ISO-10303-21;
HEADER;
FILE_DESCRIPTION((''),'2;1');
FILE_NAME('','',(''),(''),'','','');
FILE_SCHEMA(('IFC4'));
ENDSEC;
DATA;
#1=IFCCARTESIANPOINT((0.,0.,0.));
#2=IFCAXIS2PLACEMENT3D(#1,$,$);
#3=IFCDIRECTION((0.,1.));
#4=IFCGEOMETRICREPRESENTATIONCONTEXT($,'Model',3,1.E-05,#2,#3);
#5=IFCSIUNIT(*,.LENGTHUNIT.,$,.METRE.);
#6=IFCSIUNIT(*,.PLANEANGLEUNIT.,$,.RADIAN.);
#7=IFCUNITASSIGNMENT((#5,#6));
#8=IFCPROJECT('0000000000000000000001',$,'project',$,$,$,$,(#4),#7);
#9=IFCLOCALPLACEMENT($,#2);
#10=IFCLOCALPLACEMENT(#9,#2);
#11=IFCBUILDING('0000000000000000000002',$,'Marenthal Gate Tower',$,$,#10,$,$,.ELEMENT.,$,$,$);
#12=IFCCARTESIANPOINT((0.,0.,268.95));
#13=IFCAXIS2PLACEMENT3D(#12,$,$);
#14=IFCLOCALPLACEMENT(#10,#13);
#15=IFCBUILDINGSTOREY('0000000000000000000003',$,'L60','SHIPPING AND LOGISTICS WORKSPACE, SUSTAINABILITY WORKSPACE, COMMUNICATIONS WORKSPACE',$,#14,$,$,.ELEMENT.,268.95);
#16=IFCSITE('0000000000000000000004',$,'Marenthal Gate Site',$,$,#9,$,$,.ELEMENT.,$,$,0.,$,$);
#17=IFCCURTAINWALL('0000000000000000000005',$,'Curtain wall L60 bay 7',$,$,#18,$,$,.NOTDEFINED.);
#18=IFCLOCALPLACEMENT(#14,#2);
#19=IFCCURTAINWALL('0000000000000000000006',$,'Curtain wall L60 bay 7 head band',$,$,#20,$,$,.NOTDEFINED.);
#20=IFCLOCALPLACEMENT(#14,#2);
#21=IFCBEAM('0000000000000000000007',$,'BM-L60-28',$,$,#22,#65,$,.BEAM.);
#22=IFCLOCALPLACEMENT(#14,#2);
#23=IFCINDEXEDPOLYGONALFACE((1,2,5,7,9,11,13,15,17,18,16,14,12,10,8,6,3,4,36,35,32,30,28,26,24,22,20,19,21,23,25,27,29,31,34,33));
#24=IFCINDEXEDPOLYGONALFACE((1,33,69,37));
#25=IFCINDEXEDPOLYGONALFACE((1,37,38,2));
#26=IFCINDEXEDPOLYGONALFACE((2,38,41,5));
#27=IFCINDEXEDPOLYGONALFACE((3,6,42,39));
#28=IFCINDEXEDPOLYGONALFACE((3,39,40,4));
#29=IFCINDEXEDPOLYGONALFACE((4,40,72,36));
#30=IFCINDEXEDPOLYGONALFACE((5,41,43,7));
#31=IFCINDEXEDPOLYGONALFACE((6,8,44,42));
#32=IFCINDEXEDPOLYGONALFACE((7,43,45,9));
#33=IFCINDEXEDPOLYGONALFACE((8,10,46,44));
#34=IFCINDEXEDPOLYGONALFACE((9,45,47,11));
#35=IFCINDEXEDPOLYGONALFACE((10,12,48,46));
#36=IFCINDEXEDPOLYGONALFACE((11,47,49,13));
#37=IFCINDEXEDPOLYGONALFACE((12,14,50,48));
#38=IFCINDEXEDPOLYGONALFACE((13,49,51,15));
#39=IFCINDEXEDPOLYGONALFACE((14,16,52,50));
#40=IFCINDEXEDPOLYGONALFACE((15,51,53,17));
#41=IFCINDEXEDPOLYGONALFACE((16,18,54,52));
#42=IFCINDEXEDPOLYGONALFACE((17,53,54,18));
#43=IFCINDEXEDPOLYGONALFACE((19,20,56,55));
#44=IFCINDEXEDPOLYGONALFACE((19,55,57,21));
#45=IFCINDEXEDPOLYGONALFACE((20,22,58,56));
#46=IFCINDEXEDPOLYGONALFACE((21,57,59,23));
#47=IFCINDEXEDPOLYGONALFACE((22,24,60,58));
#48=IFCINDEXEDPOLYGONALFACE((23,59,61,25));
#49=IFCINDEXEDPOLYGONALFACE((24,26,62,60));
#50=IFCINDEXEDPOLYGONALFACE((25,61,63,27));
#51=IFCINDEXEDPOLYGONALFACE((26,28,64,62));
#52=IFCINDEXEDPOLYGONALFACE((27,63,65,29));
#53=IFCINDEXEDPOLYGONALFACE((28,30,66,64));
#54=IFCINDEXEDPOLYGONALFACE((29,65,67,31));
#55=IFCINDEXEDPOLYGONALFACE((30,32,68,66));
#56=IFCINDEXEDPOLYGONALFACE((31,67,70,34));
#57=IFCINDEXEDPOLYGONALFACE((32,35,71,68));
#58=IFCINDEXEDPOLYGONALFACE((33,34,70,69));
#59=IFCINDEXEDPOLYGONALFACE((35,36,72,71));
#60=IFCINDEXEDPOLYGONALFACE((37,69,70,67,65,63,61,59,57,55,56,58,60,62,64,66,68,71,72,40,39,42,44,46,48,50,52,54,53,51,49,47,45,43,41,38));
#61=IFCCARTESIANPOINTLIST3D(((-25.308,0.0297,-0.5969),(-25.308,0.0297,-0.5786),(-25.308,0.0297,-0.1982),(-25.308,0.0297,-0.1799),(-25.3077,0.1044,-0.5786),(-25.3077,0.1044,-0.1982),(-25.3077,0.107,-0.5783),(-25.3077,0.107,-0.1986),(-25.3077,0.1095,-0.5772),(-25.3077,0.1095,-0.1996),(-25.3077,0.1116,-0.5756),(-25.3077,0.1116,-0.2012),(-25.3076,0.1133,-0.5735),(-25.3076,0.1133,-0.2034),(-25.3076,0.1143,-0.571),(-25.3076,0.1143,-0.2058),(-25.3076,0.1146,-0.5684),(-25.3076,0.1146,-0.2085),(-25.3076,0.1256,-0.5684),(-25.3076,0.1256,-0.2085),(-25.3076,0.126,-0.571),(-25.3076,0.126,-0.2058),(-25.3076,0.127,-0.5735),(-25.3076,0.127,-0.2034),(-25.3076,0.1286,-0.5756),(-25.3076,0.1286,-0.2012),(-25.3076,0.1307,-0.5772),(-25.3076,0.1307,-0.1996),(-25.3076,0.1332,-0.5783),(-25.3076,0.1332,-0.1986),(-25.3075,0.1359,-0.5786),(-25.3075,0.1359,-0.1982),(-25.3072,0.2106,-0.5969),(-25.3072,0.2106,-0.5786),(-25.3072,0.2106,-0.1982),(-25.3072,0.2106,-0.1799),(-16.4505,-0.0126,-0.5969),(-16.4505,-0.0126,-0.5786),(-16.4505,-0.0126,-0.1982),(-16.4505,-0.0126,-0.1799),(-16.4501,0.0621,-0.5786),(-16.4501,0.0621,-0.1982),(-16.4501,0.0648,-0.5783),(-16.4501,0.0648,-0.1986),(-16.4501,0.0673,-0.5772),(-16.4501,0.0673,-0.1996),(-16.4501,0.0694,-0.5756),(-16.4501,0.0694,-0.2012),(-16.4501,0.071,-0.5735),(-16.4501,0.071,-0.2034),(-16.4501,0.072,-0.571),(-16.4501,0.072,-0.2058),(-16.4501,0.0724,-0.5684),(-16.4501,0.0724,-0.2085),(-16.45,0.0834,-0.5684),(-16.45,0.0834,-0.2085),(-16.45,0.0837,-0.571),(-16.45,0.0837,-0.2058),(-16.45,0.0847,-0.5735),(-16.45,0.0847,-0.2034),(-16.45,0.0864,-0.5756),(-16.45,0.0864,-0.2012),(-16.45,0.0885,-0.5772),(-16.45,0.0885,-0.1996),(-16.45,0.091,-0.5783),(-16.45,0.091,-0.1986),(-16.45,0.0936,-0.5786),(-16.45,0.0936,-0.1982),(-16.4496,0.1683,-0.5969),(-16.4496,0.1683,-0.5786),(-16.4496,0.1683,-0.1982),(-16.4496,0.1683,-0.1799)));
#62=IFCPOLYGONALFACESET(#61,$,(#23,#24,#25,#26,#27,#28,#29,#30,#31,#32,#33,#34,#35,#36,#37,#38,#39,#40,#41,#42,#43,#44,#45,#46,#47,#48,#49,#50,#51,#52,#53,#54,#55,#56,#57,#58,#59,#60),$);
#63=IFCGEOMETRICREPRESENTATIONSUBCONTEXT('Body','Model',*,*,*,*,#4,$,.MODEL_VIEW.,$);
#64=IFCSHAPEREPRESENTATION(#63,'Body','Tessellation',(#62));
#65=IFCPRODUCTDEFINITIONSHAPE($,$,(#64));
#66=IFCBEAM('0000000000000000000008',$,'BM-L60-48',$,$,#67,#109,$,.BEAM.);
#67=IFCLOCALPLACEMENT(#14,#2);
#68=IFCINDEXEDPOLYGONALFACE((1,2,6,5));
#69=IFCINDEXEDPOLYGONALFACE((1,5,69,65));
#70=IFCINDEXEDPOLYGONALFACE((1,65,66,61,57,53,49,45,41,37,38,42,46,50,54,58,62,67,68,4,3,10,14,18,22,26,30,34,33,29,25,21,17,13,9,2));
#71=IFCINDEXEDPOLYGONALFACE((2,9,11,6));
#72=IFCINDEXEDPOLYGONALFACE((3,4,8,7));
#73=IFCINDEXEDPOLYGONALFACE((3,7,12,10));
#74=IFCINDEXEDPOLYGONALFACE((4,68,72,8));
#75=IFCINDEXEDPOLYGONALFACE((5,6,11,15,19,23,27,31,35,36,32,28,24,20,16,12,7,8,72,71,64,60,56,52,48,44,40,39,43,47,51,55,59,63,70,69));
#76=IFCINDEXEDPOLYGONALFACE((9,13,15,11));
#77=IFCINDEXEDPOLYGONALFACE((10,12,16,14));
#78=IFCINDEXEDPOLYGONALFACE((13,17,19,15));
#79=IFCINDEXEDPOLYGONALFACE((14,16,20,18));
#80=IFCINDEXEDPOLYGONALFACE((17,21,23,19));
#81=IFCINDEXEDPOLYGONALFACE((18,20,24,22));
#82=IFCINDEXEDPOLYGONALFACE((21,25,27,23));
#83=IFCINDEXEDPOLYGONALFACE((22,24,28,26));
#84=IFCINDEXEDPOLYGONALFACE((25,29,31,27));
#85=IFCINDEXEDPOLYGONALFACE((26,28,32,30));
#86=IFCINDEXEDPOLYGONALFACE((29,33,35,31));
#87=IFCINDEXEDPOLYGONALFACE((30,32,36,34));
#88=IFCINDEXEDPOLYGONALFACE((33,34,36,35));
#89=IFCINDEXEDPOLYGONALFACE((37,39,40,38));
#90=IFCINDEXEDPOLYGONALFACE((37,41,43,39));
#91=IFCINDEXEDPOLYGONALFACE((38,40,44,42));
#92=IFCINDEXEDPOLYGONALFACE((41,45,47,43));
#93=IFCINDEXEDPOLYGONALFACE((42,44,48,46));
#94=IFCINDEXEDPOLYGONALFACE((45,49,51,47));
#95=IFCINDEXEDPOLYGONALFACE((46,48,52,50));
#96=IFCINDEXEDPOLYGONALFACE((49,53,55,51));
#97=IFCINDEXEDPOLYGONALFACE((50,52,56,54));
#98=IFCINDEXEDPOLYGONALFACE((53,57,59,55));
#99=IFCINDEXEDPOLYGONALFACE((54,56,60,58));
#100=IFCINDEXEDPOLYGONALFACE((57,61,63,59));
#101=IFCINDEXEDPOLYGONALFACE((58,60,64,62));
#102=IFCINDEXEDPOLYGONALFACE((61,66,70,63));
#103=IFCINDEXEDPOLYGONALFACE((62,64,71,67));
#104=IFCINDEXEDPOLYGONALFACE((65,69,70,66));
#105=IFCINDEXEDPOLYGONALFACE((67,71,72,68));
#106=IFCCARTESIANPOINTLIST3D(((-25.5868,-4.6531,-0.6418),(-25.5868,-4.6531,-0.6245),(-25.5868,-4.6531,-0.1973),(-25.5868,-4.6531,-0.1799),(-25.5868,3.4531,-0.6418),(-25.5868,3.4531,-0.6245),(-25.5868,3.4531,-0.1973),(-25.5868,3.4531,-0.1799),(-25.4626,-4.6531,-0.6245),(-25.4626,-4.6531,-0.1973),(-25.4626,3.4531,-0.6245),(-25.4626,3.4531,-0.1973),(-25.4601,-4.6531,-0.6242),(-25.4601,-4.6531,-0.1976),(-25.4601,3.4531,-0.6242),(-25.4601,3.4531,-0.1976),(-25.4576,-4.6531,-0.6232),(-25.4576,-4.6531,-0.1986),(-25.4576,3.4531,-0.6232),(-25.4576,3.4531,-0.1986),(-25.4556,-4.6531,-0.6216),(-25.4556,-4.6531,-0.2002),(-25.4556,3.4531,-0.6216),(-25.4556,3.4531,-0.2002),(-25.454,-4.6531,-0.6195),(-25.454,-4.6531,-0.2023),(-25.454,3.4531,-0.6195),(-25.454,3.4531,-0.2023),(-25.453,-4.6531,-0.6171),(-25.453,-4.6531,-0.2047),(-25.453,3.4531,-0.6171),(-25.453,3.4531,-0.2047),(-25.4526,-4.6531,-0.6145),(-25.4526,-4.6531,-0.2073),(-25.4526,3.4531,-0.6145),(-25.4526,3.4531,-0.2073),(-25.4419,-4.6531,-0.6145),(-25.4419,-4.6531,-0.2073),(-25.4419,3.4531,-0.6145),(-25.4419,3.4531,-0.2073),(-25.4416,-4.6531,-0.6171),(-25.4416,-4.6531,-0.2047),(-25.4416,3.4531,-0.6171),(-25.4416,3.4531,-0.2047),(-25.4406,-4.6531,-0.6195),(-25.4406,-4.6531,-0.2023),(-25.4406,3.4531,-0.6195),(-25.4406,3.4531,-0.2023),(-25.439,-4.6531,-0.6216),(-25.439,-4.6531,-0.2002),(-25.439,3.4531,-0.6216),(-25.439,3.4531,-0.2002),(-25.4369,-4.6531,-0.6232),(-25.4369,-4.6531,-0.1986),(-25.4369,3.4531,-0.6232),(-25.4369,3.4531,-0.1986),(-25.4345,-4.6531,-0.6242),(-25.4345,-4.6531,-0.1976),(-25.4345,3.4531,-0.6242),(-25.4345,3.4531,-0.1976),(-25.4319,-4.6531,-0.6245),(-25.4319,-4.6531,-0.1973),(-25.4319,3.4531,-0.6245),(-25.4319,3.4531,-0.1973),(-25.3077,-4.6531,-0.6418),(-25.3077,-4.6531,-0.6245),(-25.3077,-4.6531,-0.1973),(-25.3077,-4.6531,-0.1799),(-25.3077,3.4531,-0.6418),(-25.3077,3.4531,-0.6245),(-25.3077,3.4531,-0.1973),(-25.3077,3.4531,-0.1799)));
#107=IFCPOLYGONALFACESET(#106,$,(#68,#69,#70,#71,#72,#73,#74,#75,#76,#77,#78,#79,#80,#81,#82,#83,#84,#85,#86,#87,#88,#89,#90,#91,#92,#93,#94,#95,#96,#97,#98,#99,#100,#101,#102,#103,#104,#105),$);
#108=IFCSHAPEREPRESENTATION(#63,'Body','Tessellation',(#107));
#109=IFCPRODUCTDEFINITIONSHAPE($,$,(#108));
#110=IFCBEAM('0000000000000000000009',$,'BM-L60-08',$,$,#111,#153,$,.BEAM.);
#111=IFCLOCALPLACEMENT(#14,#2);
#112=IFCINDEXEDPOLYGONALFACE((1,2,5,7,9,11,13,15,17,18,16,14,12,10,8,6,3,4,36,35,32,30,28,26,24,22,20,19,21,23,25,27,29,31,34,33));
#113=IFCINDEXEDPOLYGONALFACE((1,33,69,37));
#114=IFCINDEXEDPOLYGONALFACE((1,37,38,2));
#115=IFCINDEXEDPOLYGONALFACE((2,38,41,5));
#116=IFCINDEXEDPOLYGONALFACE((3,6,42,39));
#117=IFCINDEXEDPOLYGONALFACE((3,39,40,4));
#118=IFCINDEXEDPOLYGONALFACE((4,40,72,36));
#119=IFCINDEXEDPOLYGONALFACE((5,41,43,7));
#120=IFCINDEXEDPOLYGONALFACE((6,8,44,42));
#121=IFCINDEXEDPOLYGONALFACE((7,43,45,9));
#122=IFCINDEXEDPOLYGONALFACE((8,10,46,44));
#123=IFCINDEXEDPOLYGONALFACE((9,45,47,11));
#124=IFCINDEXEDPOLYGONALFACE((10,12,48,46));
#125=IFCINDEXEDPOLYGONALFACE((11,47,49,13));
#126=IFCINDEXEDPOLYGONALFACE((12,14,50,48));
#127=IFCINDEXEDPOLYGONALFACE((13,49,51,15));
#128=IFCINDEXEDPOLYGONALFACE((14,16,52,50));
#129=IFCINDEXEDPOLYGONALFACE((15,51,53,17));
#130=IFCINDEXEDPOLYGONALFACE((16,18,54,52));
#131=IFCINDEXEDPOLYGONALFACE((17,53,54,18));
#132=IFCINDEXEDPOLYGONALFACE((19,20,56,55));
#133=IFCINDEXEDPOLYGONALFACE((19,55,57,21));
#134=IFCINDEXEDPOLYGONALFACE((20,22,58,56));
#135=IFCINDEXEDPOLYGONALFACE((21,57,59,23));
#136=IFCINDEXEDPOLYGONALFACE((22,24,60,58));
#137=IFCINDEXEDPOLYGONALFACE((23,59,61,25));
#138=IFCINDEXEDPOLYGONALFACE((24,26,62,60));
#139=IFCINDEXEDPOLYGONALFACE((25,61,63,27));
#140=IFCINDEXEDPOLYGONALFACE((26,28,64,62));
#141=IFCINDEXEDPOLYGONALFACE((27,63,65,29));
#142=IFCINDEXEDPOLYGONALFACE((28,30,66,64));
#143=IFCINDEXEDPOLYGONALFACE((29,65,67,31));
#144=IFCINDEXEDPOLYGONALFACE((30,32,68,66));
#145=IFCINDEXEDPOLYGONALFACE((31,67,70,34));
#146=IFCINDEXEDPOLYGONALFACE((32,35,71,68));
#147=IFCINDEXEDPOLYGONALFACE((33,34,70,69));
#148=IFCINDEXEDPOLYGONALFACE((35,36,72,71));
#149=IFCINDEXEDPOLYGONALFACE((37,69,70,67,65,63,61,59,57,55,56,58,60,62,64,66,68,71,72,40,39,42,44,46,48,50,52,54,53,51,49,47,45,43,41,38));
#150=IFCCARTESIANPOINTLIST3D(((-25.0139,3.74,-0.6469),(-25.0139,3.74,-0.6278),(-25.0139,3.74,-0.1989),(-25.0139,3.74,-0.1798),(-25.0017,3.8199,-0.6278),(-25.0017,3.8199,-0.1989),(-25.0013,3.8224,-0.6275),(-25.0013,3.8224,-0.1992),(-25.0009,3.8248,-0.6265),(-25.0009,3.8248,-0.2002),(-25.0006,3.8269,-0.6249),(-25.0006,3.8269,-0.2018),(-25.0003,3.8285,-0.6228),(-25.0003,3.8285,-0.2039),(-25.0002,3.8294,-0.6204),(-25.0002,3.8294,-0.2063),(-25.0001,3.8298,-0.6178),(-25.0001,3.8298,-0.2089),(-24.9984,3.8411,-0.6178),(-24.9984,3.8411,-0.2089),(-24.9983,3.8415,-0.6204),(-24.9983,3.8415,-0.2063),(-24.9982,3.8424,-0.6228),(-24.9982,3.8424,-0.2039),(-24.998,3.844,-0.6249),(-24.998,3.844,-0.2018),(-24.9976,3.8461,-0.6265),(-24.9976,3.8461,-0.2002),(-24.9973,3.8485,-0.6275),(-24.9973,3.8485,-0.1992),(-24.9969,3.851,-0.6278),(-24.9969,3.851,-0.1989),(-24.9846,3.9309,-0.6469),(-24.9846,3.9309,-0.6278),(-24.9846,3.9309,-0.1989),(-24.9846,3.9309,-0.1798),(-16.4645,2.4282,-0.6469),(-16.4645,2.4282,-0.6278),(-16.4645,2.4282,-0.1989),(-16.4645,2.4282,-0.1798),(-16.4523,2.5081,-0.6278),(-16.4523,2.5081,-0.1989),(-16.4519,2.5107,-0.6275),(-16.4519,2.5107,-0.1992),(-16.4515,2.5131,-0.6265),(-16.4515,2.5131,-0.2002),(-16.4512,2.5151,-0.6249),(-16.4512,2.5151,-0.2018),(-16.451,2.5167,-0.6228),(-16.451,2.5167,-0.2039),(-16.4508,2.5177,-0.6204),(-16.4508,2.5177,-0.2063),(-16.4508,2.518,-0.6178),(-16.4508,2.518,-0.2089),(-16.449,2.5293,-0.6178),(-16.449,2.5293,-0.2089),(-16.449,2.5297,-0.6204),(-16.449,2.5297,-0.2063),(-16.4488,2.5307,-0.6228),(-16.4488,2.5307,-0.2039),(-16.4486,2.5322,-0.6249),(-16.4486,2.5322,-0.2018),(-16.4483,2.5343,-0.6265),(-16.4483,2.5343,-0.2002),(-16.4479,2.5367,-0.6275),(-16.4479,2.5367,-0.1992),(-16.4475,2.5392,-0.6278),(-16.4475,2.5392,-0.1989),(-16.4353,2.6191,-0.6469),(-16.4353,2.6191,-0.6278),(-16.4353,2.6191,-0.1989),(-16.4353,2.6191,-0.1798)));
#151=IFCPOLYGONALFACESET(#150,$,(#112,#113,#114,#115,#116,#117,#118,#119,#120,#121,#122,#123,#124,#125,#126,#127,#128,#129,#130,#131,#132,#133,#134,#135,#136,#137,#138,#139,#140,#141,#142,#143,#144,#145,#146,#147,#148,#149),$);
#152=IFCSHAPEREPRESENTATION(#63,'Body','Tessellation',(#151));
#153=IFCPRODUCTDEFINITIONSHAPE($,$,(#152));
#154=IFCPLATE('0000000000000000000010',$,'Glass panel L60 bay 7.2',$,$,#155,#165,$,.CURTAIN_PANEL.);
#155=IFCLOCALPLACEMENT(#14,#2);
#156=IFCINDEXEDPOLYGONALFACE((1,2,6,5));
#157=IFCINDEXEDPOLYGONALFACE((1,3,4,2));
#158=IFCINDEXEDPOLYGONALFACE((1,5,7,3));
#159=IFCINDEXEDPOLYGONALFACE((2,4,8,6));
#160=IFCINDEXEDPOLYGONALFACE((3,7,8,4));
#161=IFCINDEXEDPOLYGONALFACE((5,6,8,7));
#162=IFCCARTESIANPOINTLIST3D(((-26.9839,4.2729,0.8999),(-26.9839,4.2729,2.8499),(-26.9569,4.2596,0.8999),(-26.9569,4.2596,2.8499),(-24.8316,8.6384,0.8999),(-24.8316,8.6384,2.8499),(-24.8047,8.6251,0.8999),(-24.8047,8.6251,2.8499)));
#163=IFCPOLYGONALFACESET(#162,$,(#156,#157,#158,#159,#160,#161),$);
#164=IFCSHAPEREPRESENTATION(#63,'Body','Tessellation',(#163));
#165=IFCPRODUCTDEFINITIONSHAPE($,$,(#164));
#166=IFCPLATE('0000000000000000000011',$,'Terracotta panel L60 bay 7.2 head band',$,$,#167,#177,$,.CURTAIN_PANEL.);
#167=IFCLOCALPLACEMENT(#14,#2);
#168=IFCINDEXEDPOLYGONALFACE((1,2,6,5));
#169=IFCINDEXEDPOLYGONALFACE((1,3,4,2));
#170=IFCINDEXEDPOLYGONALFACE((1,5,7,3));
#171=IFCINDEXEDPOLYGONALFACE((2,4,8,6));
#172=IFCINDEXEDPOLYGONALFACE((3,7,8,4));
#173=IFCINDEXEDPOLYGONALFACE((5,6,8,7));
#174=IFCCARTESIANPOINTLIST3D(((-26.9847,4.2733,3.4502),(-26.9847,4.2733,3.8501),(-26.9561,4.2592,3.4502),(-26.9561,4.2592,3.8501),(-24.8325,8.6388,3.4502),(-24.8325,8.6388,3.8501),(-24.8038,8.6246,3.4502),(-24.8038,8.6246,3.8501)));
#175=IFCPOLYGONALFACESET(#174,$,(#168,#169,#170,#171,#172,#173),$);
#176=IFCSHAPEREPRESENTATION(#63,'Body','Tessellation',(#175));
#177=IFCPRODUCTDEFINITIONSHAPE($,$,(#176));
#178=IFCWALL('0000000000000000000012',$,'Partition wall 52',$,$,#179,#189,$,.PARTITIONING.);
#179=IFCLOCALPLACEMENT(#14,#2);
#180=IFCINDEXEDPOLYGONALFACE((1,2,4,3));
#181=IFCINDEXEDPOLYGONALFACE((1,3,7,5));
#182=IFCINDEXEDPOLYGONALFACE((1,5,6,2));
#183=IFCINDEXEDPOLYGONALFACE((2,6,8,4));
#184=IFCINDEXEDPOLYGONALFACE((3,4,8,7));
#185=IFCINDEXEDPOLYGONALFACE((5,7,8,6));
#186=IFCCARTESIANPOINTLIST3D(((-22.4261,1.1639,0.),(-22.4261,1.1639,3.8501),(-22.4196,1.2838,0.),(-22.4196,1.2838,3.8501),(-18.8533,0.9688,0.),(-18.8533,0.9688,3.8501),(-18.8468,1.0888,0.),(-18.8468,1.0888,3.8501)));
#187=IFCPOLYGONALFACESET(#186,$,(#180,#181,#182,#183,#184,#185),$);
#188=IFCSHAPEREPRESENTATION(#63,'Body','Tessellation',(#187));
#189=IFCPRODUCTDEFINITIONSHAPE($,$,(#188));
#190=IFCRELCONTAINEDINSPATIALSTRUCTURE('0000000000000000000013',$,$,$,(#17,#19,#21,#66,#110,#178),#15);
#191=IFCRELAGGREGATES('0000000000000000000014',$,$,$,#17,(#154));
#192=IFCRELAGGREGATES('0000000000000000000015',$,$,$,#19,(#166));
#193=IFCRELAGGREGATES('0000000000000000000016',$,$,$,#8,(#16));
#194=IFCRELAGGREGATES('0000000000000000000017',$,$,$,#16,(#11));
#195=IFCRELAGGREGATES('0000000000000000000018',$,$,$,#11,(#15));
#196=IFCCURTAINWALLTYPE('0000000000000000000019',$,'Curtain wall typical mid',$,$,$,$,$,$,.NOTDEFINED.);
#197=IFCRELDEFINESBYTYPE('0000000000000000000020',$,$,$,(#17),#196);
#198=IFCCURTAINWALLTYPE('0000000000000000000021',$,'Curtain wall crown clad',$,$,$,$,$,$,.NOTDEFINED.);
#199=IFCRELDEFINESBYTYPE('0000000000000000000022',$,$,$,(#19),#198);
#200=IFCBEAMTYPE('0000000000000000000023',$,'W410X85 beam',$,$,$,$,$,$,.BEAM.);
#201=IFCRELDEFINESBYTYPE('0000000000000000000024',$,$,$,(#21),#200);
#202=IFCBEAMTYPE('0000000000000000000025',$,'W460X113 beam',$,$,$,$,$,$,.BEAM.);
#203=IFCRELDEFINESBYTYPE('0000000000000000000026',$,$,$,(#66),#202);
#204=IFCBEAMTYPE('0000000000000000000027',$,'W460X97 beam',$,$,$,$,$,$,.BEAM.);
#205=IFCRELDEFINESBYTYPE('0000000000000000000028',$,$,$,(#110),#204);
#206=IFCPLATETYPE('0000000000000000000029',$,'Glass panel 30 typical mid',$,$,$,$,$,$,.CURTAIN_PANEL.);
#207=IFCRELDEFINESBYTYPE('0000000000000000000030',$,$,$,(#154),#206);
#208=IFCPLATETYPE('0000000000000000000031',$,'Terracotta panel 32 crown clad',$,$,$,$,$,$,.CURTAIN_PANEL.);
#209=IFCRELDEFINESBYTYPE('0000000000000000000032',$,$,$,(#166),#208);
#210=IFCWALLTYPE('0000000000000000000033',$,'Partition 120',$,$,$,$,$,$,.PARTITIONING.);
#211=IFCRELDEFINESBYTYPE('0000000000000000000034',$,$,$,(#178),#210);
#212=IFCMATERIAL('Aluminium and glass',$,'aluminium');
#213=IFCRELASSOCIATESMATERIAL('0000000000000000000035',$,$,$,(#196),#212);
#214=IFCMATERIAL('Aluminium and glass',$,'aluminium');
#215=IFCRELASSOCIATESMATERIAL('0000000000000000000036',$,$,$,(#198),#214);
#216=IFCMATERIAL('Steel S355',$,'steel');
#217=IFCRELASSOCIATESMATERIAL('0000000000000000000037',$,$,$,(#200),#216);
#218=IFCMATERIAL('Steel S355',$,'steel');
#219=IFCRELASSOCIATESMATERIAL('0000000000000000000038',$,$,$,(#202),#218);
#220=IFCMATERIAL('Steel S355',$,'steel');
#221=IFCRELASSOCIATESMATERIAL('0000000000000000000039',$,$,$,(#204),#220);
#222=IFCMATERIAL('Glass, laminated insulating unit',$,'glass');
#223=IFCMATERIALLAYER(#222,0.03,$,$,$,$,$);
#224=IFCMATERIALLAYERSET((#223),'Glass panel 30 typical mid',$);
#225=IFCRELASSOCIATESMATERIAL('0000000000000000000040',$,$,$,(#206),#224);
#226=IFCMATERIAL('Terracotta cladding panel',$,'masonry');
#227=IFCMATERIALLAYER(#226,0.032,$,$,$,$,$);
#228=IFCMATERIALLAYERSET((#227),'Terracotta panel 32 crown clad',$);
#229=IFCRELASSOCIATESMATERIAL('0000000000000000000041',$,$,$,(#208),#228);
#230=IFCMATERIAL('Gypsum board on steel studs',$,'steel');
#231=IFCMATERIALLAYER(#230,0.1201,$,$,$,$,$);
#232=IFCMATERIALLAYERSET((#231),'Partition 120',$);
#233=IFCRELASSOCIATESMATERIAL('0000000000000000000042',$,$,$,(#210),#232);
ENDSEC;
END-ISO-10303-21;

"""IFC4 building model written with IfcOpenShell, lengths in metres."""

from ifc_helpers import new_model, si_unit, direction, frame, frame_2d, origin, origin_2d, place, context, subcontext, project, spatial, rectangle, i_section, extrude, material, layer, layer_set, material_profile, profile_set, type_object, element, aggregate, save


model = new_model("IFC4")

# Units and contexts
model_context = context("Model", 3, precision=1e-05, world=origin(), true_north=direction((0.0, 1.0)))
body_context = subcontext(model_context, "Body", "Model", "MODEL_VIEW")
ifc_project = project(units=[si_unit("LENGTHUNIT", "METRE"), si_unit("PLANEANGLEUNIT", "RADIAN")], contexts=[model_context])

# Site, building, storey
site_placement = place(None, origin())
site = spatial("IfcSite", under=ifc_project, at=site_placement, Name="Marenthal Gate Site", CompositionType="ELEMENT", RefElevation=0.0)
building_placement = place(site_placement, origin())
building = spatial("IfcBuilding", under=site, at=building_placement, Name="Marenthal Gate Tower", CompositionType="ELEMENT")
storey_placement = place(building_placement, frame((0.0, 0.0, 268.95)))
storey = spatial("IfcBuildingStorey", under=building, at=storey_placement, Name="L60", Description="SHIPPING AND LOGISTICS WORKSPACE, SUSTAINABILITY WORKSPACE, COMMUNICATIONS WORKSPACE", CompositionType="ELEMENT", Elevation=268.95)

# Curtain walls
ifc_material_1 = material(Name="Aluminium and glass", Category="aluminium")
curtain_wall_type_1 = type_object("IfcCurtainWallType", Name="Curtain wall typical mid", PredefinedType="NOTDEFINED", material=ifc_material_1)
curtain_wall_1_placement = place(storey_placement, origin())
curtain_wall_1 = element("IfcCurtainWall", 1, at=curtain_wall_1_placement, inside=storey, type_object=curtain_wall_type_1, Name="Curtain wall L60 bay 7", PredefinedType="NOTDEFINED")
ifc_material_2 = material(Name="Aluminium and glass", Category="aluminium")
curtain_wall_type_2 = type_object("IfcCurtainWallType", Name="Curtain wall crown clad", PredefinedType="NOTDEFINED", material=ifc_material_2)
curtain_wall_2_placement = place(storey_placement, origin())
curtain_wall_2 = element("IfcCurtainWall", 2, at=curtain_wall_2_placement, inside=storey, type_object=curtain_wall_type_2, Name="Curtain wall L60 bay 7 head band", PredefinedType="NOTDEFINED")

# Beams
ifc_material_3 = material(Name="Steel S355", Category="steel")
ifc_material_profile_1 = material_profile(ifc_material_3, i_section(OverallWidth=0.1809, OverallDepth=0.417, WebThickness=0.011, FlangeThickness=0.0183, FilletRadius=0.0103, at=origin_2d()), Name="W410X85")
ifc_profile_set_1 = profile_set([ifc_material_profile_1], Name="Steel S355")
beam_type_1 = type_object("IfcBeamType", Name="W410X85 beam", PredefinedType="BEAM", material=ifc_profile_set_1)
beam_1_placement = place(storey_placement, frame((-25.3076, 0.1201, -0.3884), z_axis=(0.999989, -0.004768, 0.0), x_axis=(0.004768, 0.999989, 0.0)))
element("IfcBeam", 3, at=beam_1_placement, inside=storey, type_object=beam_type_1, Name="BM-L60-28", PredefinedType="BEAM", context=body_context, shape_type="SweptSolid", body=[
    extrude(i_section(OverallWidth=0.1809, OverallDepth=0.417, WebThickness=0.011, FlangeThickness=0.0183, FilletRadius=0.0103, at=origin_2d()), origin(), (0.0, 0.0, 1.0), 8.8577),
])
ifc_material_4 = material(Name="Steel S355", Category="steel")
ifc_material_profile_2 = material_profile(ifc_material_4, i_section(OverallWidth=0.2791, OverallDepth=0.4619, WebThickness=0.0107, FlangeThickness=0.0173, FilletRadius=0.01, at=origin_2d()), Name="W460X113")
ifc_profile_set_2 = profile_set([ifc_material_profile_2], Name="Steel S355")
beam_type_2 = type_object("IfcBeamType", Name="W460X113 beam", PredefinedType="BEAM", material=ifc_profile_set_2)
beam_2_placement = place(storey_placement, frame((-25.4473, 3.4531, -0.4109), z_axis=(0.0, -1.0, 0.0), x_axis=(1.0, 0.0, 0.0)))
element("IfcBeam", 4, at=beam_2_placement, inside=storey, type_object=beam_type_2, Name="BM-L60-48", PredefinedType="BEAM", context=body_context, shape_type="SweptSolid", body=[
    extrude(i_section(OverallWidth=0.2791, OverallDepth=0.4619, WebThickness=0.0107, FlangeThickness=0.0173, FilletRadius=0.01, at=origin_2d()), origin(), (0.0, 0.0, 1.0), 8.1062),
])
ifc_material_5 = material(Name="Steel S355", Category="steel")
ifc_material_profile_3 = material_profile(ifc_material_5, i_section(OverallWidth=0.1931, OverallDepth=0.467, WebThickness=0.0115, FlangeThickness=0.019, FilletRadius=0.01, at=origin_2d()), Name="W460X97")
ifc_profile_set_3 = profile_set([ifc_material_profile_3], Name="Steel S355")
beam_type_3 = type_object("IfcBeamType", Name="W460X97 beam", PredefinedType="BEAM", material=ifc_profile_set_3)
beam_3_placement = place(storey_placement, frame((-24.9993, 3.8354, -0.4133), z_axis=(0.988433, -0.151661, 0.0), x_axis=(0.151661, 0.988433, 0.0)))
element("IfcBeam", 5, at=beam_3_placement, inside=storey, type_object=beam_type_3, Name="BM-L60-08", PredefinedType="BEAM", context=body_context, shape_type="SweptSolid", body=[
    extrude(i_section(OverallWidth=0.1931, OverallDepth=0.467, WebThickness=0.0115, FlangeThickness=0.019, FilletRadius=0.01, at=origin_2d()), origin(), (0.0, 0.0, 1.0), 8.6494),
])

# Plates
ifc_material_6 = material(Name="Glass, laminated insulating unit", Category="glass")
ifc_layer_1 = layer(ifc_material_6, 0.03)
ifc_layer_set_1 = layer_set([ifc_layer_1], Name="Glass panel 30 typical mid")
plate_type_1 = type_object("IfcPlateType", Name="Glass panel 30 typical mid", PredefinedType="CURTAIN_PANEL", material=ifc_layer_set_1)
plate_1_placement = place(storey_placement, frame((-25.8943, 6.449, 0.8999), z_axis=(0.0, 0.0, 1.0), x_axis=(-0.442192, -0.896921, 0.0)))
plate_1 = element("IfcPlate", 6, at=plate_1_placement, type_object=plate_type_1, Name="Glass panel L60 bay 7.2", PredefinedType="CURTAIN_PANEL", context=body_context, shape_type="SweptSolid", body=[
    extrude(rectangle(XDim=4.8672, YDim=0.03, at=origin_2d()), origin(), (0.0, 0.0, 1.0), 1.95),
])
aggregate(curtain_wall_1, [plate_1])
ifc_material_7 = material(Name="Terracotta cladding panel", Category="masonry")
ifc_layer_2 = layer(ifc_material_7, 0.032)
ifc_layer_set_2 = layer_set([ifc_layer_2], Name="Terracotta panel 32 crown clad")
plate_type_2 = type_object("IfcPlateType", Name="Terracotta panel 32 crown clad", PredefinedType="CURTAIN_PANEL", material=ifc_layer_set_2)
plate_2_placement = place(storey_placement, frame((-25.8943, 6.449, 3.4502), z_axis=(0.0, 0.0, 1.0), x_axis=(-0.442192, -0.896921, 0.0)))
plate_2 = element("IfcPlate", 7, at=plate_2_placement, type_object=plate_type_2, Name="Terracotta panel L60 bay 7.2 head band", PredefinedType="CURTAIN_PANEL", context=body_context, shape_type="SweptSolid", body=[
    extrude(rectangle(XDim=4.8672, YDim=0.032, at=origin_2d()), origin(), (0.0, 0.0, 1.0), 0.3999),
])
aggregate(curtain_wall_2, [plate_2])

# Wall
ifc_material_8 = material(Name="Gypsum board on steel studs", Category="steel")
ifc_layer_3 = layer(ifc_material_8, 0.1201)
ifc_layer_set_3 = layer_set([ifc_layer_3], Name="Partition 120")
wall_type_1 = type_object("IfcWallType", Name="Partition 120", PredefinedType="PARTITIONING", material=ifc_layer_set_3)
wall_1_placement = place(storey_placement, frame((-22.4229, 1.2239, 0.0), z_axis=(0.0, 0.0, 1.0), x_axis=(0.998513, -0.054518, 0.0)))
element("IfcWall", 8, at=wall_1_placement, inside=storey, type_object=wall_type_1, Name="Partition wall 52", PredefinedType="PARTITIONING", context=body_context, shape_type="SweptSolid", body=[
    extrude(rectangle(XDim=3.5781, YDim=0.1201, at=frame_2d((1.7891, 0.0))), origin(), (0.0, 0.0, 1.0), 3.8501),
])

save(model, "model.ifc")
